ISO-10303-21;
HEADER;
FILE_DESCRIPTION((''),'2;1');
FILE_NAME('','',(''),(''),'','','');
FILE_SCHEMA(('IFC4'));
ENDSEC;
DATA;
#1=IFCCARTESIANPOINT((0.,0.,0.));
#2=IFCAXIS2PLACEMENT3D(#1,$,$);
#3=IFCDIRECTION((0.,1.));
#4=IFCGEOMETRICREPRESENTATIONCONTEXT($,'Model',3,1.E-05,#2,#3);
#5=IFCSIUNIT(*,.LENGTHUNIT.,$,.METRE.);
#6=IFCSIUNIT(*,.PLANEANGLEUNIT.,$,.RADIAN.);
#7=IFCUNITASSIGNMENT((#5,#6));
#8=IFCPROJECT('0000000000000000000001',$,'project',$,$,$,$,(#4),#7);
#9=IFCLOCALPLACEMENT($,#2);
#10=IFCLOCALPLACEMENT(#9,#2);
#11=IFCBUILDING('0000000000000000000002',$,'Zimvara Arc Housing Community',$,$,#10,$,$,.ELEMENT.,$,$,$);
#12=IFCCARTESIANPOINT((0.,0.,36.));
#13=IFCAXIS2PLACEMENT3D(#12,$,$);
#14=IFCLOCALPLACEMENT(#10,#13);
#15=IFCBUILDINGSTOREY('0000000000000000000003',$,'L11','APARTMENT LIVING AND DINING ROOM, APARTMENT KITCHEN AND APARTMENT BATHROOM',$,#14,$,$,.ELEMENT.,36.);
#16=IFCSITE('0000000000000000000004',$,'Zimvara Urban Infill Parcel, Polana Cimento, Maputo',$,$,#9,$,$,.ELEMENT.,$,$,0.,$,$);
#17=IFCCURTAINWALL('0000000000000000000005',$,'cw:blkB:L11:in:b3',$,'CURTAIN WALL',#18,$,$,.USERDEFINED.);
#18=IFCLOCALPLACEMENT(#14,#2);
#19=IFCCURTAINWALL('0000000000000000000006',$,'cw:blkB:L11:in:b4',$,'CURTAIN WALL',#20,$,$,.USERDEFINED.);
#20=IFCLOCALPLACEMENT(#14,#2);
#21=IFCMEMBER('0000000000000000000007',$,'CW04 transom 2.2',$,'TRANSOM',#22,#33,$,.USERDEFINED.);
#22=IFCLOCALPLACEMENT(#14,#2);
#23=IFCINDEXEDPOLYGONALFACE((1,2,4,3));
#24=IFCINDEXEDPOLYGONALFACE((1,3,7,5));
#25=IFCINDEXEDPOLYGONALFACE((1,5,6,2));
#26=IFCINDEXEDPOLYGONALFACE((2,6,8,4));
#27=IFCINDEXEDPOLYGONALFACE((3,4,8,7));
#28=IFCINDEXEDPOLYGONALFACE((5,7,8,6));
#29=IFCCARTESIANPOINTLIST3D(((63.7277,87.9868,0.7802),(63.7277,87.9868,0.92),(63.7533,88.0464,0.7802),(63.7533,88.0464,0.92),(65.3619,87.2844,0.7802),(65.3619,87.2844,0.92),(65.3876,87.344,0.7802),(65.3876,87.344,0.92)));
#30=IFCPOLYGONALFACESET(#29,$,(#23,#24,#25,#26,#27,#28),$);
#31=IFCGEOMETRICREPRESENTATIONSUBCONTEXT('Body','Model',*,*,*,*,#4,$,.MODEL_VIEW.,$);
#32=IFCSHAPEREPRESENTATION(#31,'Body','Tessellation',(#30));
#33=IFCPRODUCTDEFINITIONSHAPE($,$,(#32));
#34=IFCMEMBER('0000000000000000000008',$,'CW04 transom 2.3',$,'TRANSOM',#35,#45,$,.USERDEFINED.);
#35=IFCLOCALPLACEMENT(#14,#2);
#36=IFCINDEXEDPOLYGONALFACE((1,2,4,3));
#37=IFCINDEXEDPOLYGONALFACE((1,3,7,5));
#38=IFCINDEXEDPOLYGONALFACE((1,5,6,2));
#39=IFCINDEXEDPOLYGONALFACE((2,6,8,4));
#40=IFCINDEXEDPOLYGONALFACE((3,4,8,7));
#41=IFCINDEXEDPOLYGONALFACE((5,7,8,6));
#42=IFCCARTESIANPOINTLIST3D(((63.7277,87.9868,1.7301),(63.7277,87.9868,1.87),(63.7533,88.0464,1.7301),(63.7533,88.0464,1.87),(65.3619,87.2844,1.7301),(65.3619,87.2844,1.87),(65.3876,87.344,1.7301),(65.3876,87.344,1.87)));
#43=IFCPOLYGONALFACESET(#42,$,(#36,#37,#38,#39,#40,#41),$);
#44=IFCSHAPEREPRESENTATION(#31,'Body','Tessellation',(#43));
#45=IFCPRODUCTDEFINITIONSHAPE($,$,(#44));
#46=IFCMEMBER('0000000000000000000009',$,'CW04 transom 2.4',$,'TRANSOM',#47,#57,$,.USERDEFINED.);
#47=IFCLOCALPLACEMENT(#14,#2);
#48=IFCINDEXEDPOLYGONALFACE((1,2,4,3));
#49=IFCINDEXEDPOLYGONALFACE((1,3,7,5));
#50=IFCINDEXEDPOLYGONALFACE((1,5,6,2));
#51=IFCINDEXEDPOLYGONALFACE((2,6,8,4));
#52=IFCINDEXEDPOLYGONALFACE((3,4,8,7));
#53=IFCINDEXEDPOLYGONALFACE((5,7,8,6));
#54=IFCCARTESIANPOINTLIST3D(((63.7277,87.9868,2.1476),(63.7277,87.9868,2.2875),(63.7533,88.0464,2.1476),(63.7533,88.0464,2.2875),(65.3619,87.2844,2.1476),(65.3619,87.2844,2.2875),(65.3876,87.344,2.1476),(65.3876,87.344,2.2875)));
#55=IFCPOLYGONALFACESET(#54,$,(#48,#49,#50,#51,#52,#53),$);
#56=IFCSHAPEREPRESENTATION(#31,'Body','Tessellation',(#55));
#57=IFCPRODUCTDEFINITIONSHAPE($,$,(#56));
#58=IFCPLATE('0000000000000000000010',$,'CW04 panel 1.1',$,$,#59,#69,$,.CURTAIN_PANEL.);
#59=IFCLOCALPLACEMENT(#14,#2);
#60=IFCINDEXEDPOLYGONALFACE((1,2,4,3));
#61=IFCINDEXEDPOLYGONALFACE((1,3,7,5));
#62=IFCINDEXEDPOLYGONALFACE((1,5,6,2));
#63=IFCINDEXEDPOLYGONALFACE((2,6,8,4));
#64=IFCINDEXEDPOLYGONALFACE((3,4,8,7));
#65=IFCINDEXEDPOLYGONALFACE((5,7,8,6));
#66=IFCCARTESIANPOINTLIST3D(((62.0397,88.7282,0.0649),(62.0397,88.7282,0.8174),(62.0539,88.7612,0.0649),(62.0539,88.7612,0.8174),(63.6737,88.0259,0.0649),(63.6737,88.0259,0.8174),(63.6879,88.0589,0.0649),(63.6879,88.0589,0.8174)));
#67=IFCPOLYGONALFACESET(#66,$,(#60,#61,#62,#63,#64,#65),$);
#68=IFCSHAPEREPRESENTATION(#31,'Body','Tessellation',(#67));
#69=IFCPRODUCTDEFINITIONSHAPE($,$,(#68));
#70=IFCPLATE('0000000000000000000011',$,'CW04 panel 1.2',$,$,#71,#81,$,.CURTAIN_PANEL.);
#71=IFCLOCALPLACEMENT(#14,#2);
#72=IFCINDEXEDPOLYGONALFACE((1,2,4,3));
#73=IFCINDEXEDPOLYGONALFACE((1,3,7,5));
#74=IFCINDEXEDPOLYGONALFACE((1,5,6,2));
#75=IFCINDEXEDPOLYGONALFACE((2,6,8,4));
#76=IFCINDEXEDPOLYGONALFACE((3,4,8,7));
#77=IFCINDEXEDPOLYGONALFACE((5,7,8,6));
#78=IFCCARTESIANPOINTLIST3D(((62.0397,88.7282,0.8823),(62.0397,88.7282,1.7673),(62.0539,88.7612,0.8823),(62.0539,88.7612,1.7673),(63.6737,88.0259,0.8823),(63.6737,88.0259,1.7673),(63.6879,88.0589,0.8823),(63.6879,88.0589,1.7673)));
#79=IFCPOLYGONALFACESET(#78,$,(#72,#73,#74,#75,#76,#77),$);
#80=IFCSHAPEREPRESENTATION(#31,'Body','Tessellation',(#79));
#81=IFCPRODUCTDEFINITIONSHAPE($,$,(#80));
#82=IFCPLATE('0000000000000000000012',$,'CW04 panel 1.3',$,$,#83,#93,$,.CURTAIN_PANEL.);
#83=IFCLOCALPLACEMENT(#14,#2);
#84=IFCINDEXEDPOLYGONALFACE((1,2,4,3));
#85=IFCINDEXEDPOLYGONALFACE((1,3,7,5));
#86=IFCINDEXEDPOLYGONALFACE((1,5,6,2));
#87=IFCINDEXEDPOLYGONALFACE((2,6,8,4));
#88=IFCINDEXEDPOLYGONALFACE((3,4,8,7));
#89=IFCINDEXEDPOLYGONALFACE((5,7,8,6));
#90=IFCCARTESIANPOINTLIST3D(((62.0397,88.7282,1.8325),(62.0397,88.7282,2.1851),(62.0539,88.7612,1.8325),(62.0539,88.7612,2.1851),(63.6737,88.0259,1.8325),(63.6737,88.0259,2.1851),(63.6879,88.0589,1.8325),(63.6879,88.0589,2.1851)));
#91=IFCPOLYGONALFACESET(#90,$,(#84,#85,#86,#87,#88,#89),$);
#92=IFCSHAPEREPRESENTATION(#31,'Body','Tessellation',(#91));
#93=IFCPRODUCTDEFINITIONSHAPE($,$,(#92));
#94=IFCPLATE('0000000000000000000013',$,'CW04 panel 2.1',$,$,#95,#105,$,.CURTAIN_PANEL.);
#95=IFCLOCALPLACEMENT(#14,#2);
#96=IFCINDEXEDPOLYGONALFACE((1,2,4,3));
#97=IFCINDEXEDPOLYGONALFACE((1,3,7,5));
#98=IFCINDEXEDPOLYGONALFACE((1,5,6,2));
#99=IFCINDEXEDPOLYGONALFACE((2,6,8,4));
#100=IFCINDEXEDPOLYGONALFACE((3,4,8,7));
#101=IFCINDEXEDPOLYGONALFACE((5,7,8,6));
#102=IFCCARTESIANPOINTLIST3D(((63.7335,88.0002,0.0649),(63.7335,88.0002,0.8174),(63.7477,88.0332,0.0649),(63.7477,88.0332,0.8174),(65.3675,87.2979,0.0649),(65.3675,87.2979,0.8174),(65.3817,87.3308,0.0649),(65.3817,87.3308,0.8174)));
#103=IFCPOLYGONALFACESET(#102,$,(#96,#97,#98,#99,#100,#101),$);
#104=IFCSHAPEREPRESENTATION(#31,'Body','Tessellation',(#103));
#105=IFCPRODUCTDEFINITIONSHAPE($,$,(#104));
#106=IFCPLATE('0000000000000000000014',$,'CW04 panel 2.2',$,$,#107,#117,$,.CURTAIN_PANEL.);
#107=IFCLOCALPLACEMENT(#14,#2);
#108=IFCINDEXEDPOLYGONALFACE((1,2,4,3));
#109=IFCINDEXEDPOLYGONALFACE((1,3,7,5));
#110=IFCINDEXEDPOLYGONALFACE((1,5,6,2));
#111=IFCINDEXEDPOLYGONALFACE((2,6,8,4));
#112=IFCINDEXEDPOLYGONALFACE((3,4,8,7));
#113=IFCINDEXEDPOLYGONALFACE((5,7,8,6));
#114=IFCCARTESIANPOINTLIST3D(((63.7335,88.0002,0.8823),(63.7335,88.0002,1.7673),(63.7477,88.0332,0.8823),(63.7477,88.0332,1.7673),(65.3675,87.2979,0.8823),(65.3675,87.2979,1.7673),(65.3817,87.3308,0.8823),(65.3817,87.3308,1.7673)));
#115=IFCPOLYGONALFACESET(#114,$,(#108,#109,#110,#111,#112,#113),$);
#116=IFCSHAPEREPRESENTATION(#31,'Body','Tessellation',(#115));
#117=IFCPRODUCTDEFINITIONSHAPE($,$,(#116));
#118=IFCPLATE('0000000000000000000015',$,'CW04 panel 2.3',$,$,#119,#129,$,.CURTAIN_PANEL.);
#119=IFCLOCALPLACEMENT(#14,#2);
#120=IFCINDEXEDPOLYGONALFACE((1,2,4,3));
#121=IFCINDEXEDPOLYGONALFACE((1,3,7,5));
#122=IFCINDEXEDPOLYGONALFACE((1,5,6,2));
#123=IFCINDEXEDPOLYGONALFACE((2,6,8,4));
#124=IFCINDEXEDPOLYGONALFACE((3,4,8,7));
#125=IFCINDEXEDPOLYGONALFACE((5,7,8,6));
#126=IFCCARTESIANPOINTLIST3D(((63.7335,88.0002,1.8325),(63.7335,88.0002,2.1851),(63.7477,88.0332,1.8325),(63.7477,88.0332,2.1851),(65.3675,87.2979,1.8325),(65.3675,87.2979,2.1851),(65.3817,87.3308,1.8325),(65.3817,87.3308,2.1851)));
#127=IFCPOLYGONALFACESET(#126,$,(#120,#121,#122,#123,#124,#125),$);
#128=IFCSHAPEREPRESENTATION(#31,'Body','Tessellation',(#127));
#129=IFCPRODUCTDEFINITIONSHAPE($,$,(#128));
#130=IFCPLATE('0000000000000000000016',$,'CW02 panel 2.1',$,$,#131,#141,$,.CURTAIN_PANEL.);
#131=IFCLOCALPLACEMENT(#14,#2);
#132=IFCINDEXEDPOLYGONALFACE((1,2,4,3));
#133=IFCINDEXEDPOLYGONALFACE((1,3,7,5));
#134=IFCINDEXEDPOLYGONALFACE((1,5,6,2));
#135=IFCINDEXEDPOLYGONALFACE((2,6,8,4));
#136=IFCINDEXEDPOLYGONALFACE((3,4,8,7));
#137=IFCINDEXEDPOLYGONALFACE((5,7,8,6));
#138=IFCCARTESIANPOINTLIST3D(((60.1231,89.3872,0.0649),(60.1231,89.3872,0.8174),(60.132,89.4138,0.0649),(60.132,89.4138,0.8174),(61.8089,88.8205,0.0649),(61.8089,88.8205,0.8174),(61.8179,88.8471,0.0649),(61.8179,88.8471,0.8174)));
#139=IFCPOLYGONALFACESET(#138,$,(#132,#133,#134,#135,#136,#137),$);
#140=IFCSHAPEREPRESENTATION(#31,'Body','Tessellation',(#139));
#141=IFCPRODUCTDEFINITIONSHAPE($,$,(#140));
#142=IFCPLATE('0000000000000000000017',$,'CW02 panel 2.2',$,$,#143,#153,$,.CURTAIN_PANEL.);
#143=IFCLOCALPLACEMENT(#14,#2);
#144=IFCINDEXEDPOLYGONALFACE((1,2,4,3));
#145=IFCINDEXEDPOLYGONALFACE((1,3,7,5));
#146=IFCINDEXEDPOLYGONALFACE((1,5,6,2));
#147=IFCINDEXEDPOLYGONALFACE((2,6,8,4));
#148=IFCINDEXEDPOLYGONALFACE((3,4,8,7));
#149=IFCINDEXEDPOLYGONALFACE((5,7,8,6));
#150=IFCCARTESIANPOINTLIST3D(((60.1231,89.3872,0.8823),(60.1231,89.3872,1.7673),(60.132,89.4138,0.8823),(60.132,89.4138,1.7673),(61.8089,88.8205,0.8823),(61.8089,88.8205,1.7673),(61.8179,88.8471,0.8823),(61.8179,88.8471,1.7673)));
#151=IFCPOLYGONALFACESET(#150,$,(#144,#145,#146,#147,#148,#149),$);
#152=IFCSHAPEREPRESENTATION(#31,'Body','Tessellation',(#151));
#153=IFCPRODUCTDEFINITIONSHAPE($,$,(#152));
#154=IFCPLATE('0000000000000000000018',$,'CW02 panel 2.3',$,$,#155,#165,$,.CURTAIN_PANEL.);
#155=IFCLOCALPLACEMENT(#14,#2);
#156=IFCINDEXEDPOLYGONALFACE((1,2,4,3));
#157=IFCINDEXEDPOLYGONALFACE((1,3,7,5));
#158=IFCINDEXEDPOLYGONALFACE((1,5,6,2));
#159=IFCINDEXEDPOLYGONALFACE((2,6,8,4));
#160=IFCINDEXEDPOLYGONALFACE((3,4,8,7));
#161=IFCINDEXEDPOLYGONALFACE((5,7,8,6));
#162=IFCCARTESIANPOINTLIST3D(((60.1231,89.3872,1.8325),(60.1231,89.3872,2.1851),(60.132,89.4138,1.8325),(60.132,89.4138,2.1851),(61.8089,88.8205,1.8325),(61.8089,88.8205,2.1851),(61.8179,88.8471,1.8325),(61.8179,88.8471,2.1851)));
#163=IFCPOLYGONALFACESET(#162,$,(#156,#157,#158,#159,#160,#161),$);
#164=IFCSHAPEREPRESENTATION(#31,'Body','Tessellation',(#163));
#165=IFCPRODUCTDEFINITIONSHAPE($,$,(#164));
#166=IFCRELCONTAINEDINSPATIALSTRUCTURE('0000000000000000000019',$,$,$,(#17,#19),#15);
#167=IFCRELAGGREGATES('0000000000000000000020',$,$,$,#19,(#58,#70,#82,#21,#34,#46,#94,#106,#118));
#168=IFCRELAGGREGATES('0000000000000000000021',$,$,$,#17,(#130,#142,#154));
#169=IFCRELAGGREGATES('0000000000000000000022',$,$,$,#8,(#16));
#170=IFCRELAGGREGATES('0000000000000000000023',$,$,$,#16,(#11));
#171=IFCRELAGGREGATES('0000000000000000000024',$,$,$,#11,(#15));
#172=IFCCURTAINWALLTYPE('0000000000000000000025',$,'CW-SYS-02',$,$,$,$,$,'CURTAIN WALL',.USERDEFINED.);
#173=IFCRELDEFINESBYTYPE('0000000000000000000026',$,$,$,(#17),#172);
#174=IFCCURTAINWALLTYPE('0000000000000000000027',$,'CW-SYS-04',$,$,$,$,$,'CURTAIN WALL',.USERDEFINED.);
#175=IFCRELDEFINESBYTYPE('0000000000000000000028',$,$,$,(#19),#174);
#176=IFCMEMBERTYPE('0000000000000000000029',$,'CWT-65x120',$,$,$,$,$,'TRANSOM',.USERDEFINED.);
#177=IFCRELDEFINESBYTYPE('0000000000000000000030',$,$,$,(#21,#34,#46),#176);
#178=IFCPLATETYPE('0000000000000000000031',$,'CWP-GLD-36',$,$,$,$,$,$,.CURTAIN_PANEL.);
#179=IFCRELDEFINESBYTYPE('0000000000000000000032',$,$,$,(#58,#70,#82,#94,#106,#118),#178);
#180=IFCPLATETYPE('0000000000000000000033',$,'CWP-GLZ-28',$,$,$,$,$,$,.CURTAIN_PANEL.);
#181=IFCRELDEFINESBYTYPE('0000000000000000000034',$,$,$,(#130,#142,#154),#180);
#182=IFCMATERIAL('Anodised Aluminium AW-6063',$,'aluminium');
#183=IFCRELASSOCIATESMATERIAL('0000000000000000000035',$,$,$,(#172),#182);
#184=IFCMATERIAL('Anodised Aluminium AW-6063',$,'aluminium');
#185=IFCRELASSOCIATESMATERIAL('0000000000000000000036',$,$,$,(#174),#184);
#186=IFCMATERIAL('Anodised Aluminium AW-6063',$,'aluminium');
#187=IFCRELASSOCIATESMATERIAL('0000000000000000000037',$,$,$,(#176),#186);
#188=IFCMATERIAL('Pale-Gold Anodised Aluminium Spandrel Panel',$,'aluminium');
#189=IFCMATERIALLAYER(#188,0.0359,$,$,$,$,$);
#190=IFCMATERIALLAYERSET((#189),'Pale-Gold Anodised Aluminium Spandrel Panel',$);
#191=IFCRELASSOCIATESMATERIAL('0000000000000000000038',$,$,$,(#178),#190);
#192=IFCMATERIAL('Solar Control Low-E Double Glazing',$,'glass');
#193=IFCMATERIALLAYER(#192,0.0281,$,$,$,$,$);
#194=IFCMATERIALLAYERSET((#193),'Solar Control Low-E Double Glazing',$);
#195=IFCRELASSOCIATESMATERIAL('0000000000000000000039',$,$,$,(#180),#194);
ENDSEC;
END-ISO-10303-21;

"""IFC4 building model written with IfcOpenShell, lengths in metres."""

from ifc_helpers import new_model, si_unit, direction, frame, origin, origin_2d, place, context, subcontext, project, spatial, rectangle, extrude, material, layer, layer_set, material_profile, profile_set, type_object, element, aggregate, save


model = new_model("IFC4")

# Units and contexts
model_context = context("Model", 3, precision=1e-05, world=origin(), true_north=direction((0.0, 1.0)))
body_context = subcontext(model_context, "Body", "Model", "MODEL_VIEW")
ifc_project = project(units=[si_unit("LENGTHUNIT", "METRE"), si_unit("PLANEANGLEUNIT", "RADIAN")], contexts=[model_context])

# Site, building, storey
site_placement = place(None, origin())
site = spatial("IfcSite", under=ifc_project, at=site_placement, Name="Zimvara Urban Infill Parcel, Polana Cimento, Maputo", CompositionType="ELEMENT", RefElevation=0.0)
building_placement = place(site_placement, origin())
building = spatial("IfcBuilding", under=site, at=building_placement, Name="Zimvara Arc Housing Community", CompositionType="ELEMENT")
storey_placement = place(building_placement, frame((0.0, 0.0, 36.0)))
storey = spatial("IfcBuildingStorey", under=building, at=storey_placement, Name="L11", Description="APARTMENT LIVING AND DINING ROOM, APARTMENT KITCHEN AND APARTMENT BATHROOM", CompositionType="ELEMENT", Elevation=36.0)

# Curtain wall
ifc_material_1 = material(Name="Anodised Aluminium AW-6063", Category="aluminium")
curtain_wall_type_1 = type_object("IfcCurtainWallType", Name="CW-SYS-02", ElementType="CURTAIN WALL", PredefinedType="USERDEFINED", material=ifc_material_1)
curtain_wall_1_placement = place(storey_placement, origin())
curtain_wall_1 = element("IfcCurtainWall", 1, at=curtain_wall_1_placement, inside=storey, type_object=curtain_wall_type_1, Name="cw:blkB:L11:in:b3", ObjectType="CURTAIN WALL", PredefinedType="USERDEFINED")

# Curtain wall
ifc_material_2 = material(Name="Anodised Aluminium AW-6063", Category="aluminium")
curtain_wall_type_2 = type_object("IfcCurtainWallType", Name="CW-SYS-04", ElementType="CURTAIN WALL", PredefinedType="USERDEFINED", material=ifc_material_2)
curtain_wall_2_placement = place(storey_placement, origin())
curtain_wall_2 = element("IfcCurtainWall", 2, at=curtain_wall_2_placement, inside=storey, type_object=curtain_wall_type_2, Name="cw:blkB:L11:in:b4", ObjectType="CURTAIN WALL", PredefinedType="USERDEFINED")

# Members
ifc_material_3 = material(Name="Anodised Aluminium AW-6063", Category="aluminium")
ifc_material_profile_1 = material_profile(ifc_material_3, rectangle(XDim=0.0649, YDim=0.1399, at=origin_2d()), Name="ALU 65x140")
ifc_profile_set_1 = profile_set([ifc_material_profile_1], Name="Anodised Aluminium AW-6063")
member_type_1 = type_object("IfcMemberType", Name="CWT-65x120", ElementType="TRANSOM", PredefinedType="USERDEFINED", material=ifc_profile_set_1)
member_1_placement = place(storey_placement, frame((63.7405, 88.0166, 0.8501), z_axis=(0.91874, -0.394863, 0.0), x_axis=(0.394863, 0.91874, 0.0)))
member_1 = element("IfcMember", 3, at=member_1_placement, type_object=member_type_1, Name="CW04 transom 2.2", ObjectType="TRANSOM", PredefinedType="USERDEFINED", context=body_context, shape_type="SweptSolid", body=[
    extrude(rectangle(XDim=0.0649, YDim=0.1399, at=origin_2d()), origin(), (0.0, 0.0, 1.0), 1.7788),
])
member_2_placement = place(storey_placement, frame((63.7405, 88.0166, 1.8), z_axis=(0.91874, -0.394863, 0.0), x_axis=(0.394863, 0.91874, 0.0)))
member_2 = element("IfcMember", 4, at=member_2_placement, type_object=member_type_1, Name="CW04 transom 2.3", ObjectType="TRANSOM", PredefinedType="USERDEFINED", context=body_context, shape_type="SweptSolid", body=[
    extrude(rectangle(XDim=0.0649, YDim=0.1399, at=origin_2d()), origin(), (0.0, 0.0, 1.0), 1.7788),
])
member_3_placement = place(storey_placement, frame((63.7405, 88.0166, 2.2175), z_axis=(0.91874, -0.394863, 0.0), x_axis=(0.394863, 0.91874, 0.0)))
member_3 = element("IfcMember", 5, at=member_3_placement, type_object=member_type_1, Name="CW04 transom 2.4", ObjectType="TRANSOM", PredefinedType="USERDEFINED", context=body_context, shape_type="SweptSolid", body=[
    extrude(rectangle(XDim=0.0649, YDim=0.1399, at=origin_2d()), origin(), (0.0, 0.0, 1.0), 1.7788),
])

# Plates
ifc_material_4 = material(Name="Pale-Gold Anodised Aluminium Spandrel Panel", Category="aluminium")
ifc_layer_1 = layer(ifc_material_4, 0.0359)
ifc_layer_set_1 = layer_set([ifc_layer_1], Name="Pale-Gold Anodised Aluminium Spandrel Panel")
plate_type_1 = type_object("IfcPlateType", Name="CWP-GLD-36", PredefinedType="CURTAIN_PANEL", material=ifc_layer_set_1)
plate_1_placement = place(storey_placement, frame((62.8638, 88.3936, 0.0649), z_axis=(0.0, 0.0, 1.0), x_axis=(0.918722, -0.394904, 0.0)))
plate_1 = element("IfcPlate", 6, at=plate_1_placement, type_object=plate_type_1, Name="CW04 panel 1.1", PredefinedType="CURTAIN_PANEL", context=body_context, shape_type="SweptSolid", body=[
    extrude(rectangle(XDim=1.7786, YDim=0.0359, at=origin_2d()), origin(), (0.0, 0.0, 1.0), 0.7524),
])
plate_2_placement = place(storey_placement, frame((62.8638, 88.3936, 0.8823), z_axis=(0.0, 0.0, 1.0), x_axis=(0.918722, -0.394904, 0.0)))
plate_2 = element("IfcPlate", 7, at=plate_2_placement, type_object=plate_type_1, Name="CW04 panel 1.2", PredefinedType="CURTAIN_PANEL", context=body_context, shape_type="SweptSolid", body=[
    extrude(rectangle(XDim=1.7786, YDim=0.0359, at=origin_2d()), origin(), (0.0, 0.0, 1.0), 0.885),
])
plate_3_placement = place(storey_placement, frame((62.8638, 88.3936, 1.8325), z_axis=(0.0, 0.0, 1.0), x_axis=(0.918722, -0.394904, 0.0)))
plate_3 = element("IfcPlate", 8, at=plate_3_placement, type_object=plate_type_1, Name="CW04 panel 1.3", PredefinedType="CURTAIN_PANEL", context=body_context, shape_type="SweptSolid", body=[
    extrude(rectangle(XDim=1.7786, YDim=0.0359, at=origin_2d()), origin(), (0.0, 0.0, 1.0), 0.3525),
])
plate_4_placement = place(storey_placement, frame((64.5576, 87.6655, 0.0649), z_axis=(0.0, 0.0, 1.0), x_axis=(0.918722, -0.394904, 0.0)))
plate_4 = element("IfcPlate", 9, at=plate_4_placement, type_object=plate_type_1, Name="CW04 panel 2.1", PredefinedType="CURTAIN_PANEL", context=body_context, shape_type="SweptSolid", body=[
    extrude(rectangle(XDim=1.7786, YDim=0.0359, at=origin_2d()), origin(), (0.0, 0.0, 1.0), 0.7524),
])
plate_5_placement = place(storey_placement, frame((64.5576, 87.6655, 0.8823), z_axis=(0.0, 0.0, 1.0), x_axis=(0.918722, -0.394904, 0.0)))
plate_5 = element("IfcPlate", 10, at=plate_5_placement, type_object=plate_type_1, Name="CW04 panel 2.2", PredefinedType="CURTAIN_PANEL", context=body_context, shape_type="SweptSolid", body=[
    extrude(rectangle(XDim=1.7786, YDim=0.0359, at=origin_2d()), origin(), (0.0, 0.0, 1.0), 0.885),
])
plate_6_placement = place(storey_placement, frame((64.5576, 87.6655, 1.8325), z_axis=(0.0, 0.0, 1.0), x_axis=(0.918722, -0.394904, 0.0)))
plate_6 = element("IfcPlate", 11, at=plate_6_placement, type_object=plate_type_1, Name="CW04 panel 2.3", PredefinedType="CURTAIN_PANEL", context=body_context, shape_type="SweptSolid", body=[
    extrude(rectangle(XDim=1.7786, YDim=0.0359, at=origin_2d()), origin(), (0.0, 0.0, 1.0), 0.3525),
])
aggregate(curtain_wall_2, [plate_1, plate_2, plate_3, member_1, member_2, member_3, plate_4, plate_5, plate_6])
ifc_material_5 = material(Name="Solar Control Low-E Double Glazing", Category="glass")
ifc_layer_2 = layer(ifc_material_5, 0.0281)
ifc_layer_set_2 = layer_set([ifc_layer_2], Name="Solar Control Low-E Double Glazing")
plate_type_2 = type_object("IfcPlateType", Name="CWP-GLZ-28", PredefinedType="CURTAIN_PANEL", material=ifc_layer_set_2)
plate_7_placement = place(storey_placement, frame((60.9705, 89.1172, 0.0649), z_axis=(0.0, 0.0, 1.0), x_axis=(0.94788, -0.318627, 0.0)))
plate_7 = element("IfcPlate", 12, at=plate_7_placement, type_object=plate_type_2, Name="CW02 panel 2.1", PredefinedType="CURTAIN_PANEL", context=body_context, shape_type="SweptSolid", body=[
    extrude(rectangle(XDim=1.7786, YDim=0.0281, at=origin_2d()), origin(), (0.0, 0.0, 1.0), 0.7524),
])
plate_8_placement = place(storey_placement, frame((60.9705, 89.1172, 0.8823), z_axis=(0.0, 0.0, 1.0), x_axis=(0.94788, -0.318627, 0.0)))
plate_8 = element("IfcPlate", 13, at=plate_8_placement, type_object=plate_type_2, Name="CW02 panel 2.2", PredefinedType="CURTAIN_PANEL", context=body_context, shape_type="SweptSolid", body=[
    extrude(rectangle(XDim=1.7786, YDim=0.0281, at=origin_2d()), origin(), (0.0, 0.0, 1.0), 0.885),
])
plate_9_placement = place(storey_placement, frame((60.9705, 89.1172, 1.8325), z_axis=(0.0, 0.0, 1.0), x_axis=(0.94788, -0.318627, 0.0)))
plate_9 = element("IfcPlate", 14, at=plate_9_placement, type_object=plate_type_2, Name="CW02 panel 2.3", PredefinedType="CURTAIN_PANEL", context=body_context, shape_type="SweptSolid", body=[
    extrude(rectangle(XDim=1.7786, YDim=0.0281, at=origin_2d()), origin(), (0.0, 0.0, 1.0), 0.3525),
])
aggregate(curtain_wall_1, [plate_7, plate_8, plate_9])

save(model, "model.ifc")
